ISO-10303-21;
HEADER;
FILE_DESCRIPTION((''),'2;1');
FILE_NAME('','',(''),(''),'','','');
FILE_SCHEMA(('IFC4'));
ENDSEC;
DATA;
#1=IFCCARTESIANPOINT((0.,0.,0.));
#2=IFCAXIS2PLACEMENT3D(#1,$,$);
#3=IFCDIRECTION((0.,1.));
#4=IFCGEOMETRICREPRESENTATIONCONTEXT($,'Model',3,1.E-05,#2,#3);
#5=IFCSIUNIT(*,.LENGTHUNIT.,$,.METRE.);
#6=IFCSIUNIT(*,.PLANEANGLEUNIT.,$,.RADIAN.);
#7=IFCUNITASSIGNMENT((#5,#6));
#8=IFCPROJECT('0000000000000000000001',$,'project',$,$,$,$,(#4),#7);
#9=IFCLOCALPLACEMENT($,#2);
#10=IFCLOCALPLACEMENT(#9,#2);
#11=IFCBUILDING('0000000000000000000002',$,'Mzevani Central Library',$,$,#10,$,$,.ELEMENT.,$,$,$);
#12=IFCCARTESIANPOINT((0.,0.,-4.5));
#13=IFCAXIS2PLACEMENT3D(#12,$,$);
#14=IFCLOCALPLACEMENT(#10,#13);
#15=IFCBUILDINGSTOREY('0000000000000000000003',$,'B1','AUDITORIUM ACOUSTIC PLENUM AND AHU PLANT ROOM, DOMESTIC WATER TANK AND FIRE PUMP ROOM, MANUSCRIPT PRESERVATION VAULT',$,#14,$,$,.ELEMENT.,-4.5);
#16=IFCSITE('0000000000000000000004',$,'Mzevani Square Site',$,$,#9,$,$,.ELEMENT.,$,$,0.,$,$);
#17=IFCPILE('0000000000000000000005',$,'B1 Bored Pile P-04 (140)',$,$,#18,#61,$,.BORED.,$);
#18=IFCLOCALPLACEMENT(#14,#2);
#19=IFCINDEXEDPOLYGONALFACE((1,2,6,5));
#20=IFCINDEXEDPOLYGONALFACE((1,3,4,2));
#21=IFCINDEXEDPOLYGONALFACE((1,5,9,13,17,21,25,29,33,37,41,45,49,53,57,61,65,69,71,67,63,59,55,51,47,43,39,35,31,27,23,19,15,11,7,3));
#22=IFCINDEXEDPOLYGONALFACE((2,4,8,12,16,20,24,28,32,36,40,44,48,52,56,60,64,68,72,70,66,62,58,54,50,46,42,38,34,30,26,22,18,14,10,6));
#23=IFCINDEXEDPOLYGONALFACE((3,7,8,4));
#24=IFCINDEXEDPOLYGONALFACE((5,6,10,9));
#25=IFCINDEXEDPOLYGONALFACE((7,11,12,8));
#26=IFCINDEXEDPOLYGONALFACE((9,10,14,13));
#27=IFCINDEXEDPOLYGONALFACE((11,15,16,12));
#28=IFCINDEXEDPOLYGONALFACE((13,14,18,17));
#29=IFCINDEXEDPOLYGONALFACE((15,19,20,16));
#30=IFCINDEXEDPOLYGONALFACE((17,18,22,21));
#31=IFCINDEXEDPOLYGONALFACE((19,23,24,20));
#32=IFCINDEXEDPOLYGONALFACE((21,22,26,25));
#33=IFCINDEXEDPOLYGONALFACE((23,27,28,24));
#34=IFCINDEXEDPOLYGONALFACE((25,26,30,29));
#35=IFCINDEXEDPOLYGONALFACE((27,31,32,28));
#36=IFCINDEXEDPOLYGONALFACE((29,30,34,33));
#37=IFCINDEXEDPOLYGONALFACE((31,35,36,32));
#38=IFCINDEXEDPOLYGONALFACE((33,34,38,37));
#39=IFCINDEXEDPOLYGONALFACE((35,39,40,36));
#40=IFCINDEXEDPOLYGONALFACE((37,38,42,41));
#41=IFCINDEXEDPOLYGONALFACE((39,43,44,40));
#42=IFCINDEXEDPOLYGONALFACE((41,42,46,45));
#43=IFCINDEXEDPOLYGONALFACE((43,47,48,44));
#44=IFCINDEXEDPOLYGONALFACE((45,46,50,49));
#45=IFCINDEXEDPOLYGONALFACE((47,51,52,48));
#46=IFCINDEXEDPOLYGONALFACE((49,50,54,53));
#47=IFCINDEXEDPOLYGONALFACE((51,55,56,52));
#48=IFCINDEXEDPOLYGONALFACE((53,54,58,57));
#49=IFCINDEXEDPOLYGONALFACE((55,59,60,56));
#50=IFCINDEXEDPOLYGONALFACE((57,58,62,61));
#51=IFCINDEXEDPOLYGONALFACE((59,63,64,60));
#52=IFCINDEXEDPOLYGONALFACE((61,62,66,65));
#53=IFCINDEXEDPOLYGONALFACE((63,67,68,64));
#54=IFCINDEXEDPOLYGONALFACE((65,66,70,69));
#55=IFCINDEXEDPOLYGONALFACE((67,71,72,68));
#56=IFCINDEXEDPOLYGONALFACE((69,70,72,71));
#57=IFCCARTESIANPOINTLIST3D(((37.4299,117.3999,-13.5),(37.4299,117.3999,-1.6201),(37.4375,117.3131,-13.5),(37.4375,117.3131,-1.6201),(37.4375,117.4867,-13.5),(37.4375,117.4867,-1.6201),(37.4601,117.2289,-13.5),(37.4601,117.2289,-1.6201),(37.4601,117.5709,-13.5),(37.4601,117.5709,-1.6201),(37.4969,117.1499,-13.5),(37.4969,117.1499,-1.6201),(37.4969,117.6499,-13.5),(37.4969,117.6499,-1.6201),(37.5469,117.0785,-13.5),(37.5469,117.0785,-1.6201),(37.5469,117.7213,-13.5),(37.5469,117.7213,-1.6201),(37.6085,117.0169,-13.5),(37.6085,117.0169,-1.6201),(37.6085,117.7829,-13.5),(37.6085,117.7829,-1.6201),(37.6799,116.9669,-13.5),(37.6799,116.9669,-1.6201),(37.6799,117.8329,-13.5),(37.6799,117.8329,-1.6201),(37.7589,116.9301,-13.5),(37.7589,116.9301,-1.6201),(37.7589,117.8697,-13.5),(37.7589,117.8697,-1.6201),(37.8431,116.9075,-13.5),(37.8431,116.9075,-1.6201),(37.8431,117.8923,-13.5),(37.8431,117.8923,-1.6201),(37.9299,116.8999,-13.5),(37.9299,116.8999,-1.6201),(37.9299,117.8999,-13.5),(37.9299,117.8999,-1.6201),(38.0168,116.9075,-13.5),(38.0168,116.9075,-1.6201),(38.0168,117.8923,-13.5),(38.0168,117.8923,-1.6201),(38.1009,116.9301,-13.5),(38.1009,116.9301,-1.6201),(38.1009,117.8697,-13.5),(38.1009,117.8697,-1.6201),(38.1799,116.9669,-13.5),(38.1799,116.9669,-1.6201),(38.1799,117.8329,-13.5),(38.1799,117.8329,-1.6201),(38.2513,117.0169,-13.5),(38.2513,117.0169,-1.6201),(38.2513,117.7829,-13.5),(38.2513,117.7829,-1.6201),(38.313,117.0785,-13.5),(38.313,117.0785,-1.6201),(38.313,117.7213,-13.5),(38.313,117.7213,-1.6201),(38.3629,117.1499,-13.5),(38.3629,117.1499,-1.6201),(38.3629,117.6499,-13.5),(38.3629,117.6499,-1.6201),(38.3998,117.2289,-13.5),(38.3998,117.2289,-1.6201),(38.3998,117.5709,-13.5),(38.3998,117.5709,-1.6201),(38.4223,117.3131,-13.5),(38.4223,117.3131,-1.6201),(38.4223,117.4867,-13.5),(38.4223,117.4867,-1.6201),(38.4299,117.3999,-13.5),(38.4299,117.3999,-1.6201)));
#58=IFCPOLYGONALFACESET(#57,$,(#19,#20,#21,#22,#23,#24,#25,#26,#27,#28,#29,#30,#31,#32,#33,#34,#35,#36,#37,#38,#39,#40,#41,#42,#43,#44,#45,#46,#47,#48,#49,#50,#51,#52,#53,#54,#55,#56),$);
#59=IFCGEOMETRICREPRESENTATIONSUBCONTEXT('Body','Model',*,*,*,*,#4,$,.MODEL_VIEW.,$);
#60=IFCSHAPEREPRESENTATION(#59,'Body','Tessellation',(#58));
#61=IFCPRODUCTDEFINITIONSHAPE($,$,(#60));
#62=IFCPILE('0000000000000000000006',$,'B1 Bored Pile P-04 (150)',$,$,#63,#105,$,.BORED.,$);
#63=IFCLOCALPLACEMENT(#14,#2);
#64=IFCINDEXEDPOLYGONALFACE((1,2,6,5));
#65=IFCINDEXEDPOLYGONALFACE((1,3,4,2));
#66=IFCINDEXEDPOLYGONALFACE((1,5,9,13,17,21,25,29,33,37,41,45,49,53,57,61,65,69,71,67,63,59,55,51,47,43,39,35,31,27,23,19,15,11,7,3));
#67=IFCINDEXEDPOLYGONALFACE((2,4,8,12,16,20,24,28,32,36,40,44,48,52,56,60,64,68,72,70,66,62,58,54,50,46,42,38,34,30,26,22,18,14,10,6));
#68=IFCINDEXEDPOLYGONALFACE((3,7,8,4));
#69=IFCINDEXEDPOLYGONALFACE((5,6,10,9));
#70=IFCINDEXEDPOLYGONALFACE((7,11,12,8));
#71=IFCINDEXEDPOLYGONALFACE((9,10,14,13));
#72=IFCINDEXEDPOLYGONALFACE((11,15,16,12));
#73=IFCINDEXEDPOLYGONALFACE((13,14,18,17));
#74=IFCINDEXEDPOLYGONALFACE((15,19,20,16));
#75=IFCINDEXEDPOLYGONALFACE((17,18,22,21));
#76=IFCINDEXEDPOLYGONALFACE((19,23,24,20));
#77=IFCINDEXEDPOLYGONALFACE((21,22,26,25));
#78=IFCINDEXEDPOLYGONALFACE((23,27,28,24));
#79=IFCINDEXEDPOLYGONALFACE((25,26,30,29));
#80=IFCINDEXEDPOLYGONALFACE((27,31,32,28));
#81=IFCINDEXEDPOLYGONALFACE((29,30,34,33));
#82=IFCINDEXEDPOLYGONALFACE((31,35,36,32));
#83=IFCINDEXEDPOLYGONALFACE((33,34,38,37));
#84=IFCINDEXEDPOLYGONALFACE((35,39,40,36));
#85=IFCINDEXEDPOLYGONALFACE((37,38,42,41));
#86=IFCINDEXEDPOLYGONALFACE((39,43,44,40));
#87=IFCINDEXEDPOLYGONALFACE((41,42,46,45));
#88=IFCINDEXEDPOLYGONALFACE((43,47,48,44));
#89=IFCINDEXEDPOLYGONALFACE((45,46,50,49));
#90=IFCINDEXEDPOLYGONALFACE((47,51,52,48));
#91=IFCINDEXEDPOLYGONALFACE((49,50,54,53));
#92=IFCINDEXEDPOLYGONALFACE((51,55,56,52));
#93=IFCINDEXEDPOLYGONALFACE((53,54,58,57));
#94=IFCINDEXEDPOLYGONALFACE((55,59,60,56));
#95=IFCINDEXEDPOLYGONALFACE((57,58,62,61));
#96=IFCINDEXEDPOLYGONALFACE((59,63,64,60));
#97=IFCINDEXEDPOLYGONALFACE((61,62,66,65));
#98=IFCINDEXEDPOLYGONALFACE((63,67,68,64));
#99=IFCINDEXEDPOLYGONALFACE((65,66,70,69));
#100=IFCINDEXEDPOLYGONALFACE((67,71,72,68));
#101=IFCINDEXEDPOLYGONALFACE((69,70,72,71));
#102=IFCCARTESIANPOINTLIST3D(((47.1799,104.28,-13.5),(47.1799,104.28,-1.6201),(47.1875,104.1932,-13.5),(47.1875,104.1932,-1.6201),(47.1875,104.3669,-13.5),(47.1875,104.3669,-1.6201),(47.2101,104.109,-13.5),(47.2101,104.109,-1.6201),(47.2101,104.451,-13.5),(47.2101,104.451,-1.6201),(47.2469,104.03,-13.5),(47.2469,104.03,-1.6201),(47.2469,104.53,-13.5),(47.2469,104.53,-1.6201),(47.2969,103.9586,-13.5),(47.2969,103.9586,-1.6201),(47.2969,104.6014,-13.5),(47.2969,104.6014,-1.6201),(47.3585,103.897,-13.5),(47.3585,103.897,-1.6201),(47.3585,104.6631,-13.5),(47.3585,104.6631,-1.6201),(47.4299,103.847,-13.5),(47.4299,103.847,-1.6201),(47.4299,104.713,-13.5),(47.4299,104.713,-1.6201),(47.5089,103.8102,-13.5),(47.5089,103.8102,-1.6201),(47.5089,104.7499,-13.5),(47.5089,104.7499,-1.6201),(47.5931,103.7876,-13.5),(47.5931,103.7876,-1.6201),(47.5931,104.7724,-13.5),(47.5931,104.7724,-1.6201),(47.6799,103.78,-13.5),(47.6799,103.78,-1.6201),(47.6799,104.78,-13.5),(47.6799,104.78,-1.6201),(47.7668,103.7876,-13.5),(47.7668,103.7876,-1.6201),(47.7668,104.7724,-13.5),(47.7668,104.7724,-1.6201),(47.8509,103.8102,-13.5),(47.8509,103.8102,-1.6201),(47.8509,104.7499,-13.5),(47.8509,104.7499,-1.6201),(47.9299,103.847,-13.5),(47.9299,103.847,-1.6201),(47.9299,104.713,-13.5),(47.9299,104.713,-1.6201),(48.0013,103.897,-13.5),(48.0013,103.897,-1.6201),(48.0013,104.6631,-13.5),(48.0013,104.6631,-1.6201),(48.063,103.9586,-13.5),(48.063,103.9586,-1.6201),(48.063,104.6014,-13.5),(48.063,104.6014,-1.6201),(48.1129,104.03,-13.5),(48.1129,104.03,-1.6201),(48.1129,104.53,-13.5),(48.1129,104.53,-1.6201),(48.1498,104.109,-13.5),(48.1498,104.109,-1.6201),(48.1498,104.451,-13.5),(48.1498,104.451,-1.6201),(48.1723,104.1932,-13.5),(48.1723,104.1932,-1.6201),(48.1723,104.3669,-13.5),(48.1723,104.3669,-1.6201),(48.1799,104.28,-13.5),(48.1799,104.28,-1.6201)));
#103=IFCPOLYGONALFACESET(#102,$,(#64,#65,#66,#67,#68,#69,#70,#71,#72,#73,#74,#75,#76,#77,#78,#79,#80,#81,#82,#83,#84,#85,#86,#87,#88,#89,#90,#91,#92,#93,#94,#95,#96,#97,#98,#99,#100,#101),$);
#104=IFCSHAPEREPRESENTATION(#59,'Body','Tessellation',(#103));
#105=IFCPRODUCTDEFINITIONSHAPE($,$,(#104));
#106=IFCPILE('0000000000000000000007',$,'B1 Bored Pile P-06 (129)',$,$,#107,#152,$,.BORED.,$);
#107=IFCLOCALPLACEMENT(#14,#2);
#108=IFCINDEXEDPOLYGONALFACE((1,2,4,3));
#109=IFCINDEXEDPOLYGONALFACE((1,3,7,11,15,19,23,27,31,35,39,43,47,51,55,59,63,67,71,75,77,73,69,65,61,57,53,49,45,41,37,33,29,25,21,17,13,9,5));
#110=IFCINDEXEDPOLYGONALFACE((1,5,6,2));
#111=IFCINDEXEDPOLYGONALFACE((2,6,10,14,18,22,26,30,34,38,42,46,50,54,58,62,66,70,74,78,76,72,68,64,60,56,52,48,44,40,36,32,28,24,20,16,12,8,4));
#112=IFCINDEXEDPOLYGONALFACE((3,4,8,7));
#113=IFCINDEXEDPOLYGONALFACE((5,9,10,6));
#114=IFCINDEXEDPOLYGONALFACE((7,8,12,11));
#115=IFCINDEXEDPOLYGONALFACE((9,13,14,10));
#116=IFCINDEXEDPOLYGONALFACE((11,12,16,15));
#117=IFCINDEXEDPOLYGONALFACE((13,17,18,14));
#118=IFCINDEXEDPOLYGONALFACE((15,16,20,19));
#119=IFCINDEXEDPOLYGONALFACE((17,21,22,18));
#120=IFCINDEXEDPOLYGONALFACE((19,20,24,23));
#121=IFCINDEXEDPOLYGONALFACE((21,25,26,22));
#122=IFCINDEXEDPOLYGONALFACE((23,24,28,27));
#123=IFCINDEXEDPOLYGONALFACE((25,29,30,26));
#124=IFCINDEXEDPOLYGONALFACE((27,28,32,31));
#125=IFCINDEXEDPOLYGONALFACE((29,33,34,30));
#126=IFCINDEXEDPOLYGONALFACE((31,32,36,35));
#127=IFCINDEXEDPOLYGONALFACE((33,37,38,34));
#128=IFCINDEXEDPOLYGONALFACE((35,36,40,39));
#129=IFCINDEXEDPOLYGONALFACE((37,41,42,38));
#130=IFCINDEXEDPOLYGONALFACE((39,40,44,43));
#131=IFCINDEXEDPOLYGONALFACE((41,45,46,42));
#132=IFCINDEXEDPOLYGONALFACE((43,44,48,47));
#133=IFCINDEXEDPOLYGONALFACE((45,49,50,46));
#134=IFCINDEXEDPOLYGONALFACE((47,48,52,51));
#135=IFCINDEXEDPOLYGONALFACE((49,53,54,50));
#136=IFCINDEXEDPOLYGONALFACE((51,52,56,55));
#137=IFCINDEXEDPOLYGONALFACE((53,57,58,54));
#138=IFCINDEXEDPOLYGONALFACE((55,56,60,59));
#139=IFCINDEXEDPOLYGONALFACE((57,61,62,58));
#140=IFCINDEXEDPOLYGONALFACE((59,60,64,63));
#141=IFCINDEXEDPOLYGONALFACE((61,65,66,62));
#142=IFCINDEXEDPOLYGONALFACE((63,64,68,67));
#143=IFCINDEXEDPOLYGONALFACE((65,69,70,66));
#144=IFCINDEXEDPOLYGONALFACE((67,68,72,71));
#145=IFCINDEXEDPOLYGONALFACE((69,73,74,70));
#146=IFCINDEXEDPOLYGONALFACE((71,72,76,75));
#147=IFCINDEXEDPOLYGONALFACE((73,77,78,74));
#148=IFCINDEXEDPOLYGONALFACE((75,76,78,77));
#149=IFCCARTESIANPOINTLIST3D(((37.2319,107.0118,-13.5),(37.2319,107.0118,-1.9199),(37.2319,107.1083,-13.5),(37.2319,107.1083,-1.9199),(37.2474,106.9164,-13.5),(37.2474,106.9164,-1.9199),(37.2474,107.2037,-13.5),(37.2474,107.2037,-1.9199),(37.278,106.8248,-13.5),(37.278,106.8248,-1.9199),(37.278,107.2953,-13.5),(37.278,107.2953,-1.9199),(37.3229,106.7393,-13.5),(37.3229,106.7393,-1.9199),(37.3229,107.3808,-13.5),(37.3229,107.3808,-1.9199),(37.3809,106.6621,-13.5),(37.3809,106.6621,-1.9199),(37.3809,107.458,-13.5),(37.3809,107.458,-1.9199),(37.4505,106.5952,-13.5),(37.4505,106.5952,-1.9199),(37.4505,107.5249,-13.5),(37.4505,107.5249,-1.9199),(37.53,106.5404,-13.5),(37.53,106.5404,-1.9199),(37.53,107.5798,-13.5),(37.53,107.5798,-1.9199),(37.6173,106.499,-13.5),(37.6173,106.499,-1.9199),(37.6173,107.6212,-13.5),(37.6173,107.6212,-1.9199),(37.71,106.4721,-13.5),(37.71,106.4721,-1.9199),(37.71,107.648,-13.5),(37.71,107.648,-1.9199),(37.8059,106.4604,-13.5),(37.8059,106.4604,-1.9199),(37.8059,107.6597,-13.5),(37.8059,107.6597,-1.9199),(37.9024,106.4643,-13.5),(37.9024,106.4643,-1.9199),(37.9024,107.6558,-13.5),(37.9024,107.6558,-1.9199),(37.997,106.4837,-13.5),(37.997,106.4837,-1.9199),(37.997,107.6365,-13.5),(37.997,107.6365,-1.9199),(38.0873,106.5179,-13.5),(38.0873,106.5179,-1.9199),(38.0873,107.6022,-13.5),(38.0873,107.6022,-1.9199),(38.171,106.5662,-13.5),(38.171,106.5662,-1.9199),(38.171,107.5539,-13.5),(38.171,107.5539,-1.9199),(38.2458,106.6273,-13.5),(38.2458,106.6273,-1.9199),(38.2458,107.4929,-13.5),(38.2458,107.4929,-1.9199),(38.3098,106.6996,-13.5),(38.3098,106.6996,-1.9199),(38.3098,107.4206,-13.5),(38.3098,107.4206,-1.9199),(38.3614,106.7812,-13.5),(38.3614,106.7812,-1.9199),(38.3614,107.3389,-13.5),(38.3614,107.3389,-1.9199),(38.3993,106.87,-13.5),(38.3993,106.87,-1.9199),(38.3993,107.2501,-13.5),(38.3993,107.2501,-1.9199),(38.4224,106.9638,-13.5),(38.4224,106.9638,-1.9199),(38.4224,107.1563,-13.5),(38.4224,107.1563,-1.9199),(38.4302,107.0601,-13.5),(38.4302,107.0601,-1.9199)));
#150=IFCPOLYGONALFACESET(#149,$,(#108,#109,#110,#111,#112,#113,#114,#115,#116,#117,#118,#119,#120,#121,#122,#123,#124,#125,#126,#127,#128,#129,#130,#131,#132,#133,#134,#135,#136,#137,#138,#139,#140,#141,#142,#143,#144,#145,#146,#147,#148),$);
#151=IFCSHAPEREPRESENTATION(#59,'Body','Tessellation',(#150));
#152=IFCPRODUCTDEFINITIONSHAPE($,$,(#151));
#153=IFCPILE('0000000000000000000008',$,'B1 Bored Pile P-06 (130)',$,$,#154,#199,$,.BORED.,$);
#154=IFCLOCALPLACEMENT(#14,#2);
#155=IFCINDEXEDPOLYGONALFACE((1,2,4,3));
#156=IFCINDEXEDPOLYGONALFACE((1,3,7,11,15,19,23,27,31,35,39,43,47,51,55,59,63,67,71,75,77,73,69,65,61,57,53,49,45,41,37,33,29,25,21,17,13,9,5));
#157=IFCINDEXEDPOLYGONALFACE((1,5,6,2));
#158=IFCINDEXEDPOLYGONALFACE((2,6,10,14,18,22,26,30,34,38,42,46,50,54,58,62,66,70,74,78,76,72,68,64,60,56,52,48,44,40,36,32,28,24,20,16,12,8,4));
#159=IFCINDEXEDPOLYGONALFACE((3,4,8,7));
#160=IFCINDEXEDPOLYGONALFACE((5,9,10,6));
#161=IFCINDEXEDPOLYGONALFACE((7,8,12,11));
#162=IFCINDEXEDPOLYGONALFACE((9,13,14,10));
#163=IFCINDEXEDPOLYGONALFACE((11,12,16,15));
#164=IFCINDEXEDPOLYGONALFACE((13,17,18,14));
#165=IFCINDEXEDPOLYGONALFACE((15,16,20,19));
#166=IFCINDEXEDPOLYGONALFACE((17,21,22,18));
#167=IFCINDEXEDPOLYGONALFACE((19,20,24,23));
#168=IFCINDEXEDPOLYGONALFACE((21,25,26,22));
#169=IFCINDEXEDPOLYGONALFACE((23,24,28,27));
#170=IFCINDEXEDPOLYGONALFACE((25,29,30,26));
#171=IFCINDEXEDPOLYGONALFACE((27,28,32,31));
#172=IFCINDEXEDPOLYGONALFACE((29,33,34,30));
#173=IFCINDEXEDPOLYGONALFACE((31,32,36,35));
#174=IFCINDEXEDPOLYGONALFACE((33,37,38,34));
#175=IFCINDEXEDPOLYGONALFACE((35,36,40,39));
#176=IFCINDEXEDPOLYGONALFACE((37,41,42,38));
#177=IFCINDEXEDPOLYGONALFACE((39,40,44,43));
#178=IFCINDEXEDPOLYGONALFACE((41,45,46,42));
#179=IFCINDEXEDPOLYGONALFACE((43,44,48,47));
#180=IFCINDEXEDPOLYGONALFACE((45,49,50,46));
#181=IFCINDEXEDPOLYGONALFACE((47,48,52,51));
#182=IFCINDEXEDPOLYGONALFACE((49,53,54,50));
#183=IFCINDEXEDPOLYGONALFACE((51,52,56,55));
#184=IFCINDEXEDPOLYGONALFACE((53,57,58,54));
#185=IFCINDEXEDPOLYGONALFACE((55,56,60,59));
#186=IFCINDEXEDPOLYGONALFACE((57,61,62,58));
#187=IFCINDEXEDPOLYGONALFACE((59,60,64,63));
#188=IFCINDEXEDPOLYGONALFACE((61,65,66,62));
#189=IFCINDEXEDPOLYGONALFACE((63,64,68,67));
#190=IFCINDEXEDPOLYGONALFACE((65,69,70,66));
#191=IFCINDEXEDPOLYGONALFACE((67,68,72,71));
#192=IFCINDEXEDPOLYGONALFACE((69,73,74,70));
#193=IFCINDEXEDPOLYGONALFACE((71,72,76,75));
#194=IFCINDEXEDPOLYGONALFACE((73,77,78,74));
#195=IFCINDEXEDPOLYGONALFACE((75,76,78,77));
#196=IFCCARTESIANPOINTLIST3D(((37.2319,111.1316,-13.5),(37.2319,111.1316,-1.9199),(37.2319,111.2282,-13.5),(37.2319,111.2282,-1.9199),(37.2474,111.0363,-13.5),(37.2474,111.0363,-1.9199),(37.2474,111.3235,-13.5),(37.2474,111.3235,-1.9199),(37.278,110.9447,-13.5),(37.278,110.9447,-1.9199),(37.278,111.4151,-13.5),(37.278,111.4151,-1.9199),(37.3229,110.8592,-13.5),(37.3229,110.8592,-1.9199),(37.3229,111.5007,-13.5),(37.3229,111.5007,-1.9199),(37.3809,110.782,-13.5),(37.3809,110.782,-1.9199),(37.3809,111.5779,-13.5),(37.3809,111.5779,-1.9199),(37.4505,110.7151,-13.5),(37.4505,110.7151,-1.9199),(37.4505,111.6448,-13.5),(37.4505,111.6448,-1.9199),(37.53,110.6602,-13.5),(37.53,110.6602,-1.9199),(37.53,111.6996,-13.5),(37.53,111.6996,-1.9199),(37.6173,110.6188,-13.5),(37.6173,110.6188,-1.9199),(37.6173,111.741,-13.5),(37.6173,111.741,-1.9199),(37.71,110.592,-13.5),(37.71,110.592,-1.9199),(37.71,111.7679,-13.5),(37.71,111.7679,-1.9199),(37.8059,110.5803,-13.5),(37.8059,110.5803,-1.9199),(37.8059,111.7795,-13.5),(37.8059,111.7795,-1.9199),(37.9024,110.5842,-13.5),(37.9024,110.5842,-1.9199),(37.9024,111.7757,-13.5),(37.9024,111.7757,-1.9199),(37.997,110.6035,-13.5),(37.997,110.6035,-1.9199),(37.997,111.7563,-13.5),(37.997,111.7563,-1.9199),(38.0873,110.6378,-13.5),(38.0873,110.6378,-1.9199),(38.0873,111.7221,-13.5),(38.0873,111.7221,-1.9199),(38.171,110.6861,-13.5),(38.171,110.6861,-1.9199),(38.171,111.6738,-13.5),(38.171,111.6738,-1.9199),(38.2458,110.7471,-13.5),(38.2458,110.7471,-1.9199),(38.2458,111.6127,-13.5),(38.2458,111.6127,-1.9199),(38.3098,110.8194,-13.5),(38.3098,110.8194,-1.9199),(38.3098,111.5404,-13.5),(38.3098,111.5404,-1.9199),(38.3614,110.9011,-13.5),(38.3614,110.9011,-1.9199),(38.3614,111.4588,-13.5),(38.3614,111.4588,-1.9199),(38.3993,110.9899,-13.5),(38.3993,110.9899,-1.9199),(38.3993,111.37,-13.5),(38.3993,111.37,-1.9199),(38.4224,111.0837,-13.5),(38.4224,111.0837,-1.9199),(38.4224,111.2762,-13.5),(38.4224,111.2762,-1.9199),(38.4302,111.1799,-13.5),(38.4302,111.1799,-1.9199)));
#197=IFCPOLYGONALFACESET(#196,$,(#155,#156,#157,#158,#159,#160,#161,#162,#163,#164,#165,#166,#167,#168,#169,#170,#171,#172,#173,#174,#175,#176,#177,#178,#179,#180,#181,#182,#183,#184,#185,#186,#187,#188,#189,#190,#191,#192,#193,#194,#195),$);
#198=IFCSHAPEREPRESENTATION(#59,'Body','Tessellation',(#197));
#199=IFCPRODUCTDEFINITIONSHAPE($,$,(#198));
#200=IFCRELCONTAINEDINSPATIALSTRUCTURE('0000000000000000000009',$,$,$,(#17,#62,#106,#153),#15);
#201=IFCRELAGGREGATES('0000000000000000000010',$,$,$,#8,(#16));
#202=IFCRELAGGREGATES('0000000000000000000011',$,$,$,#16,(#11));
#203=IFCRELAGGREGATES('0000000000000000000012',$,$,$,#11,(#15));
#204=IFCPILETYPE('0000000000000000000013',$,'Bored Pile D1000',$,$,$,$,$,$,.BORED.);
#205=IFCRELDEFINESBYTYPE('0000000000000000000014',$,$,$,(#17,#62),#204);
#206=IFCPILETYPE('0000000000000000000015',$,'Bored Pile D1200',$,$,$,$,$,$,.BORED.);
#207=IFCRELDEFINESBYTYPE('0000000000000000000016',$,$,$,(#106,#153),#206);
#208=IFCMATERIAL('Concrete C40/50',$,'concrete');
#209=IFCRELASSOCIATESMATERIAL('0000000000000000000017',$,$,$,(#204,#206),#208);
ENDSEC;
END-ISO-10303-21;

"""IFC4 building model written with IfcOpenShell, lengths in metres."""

from ifc_helpers import new_model, si_unit, direction, frame, origin, origin_2d, place, context, subcontext, project, spatial, circle, extrude, material, material_profile, profile_set, type_object, element, save


model = new_model("IFC4")

# Units and contexts
model_context = context("Model", 3, precision=1e-05, world=origin(), true_north=direction((0.0, 1.0)))
body_context = subcontext(model_context, "Body", "Model", "MODEL_VIEW")
ifc_project = project(units=[si_unit("LENGTHUNIT", "METRE"), si_unit("PLANEANGLEUNIT", "RADIAN")], contexts=[model_context])

# Site, building, storey
site_placement = place(None, origin())
site = spatial("IfcSite", under=ifc_project, at=site_placement, Name="Mzevani Square Site", CompositionType="ELEMENT", RefElevation=0.0)
building_placement = place(site_placement, origin())
building = spatial("IfcBuilding", under=site, at=building_placement, Name="Mzevani Central Library", CompositionType="ELEMENT")
storey_placement = place(building_placement, frame((0.0, 0.0, -4.5)))
storey = spatial("IfcBuildingStorey", under=building, at=storey_placement, Name="B1", Description="AUDITORIUM ACOUSTIC PLENUM AND AHU PLANT ROOM, DOMESTIC WATER TANK AND FIRE PUMP ROOM, MANUSCRIPT PRESERVATION VAULT", CompositionType="ELEMENT", Elevation=-4.5)

# Piles
ifc_material_1 = material(Name="Concrete C40/50", Category="concrete")
ifc_material_profile_1 = material_profile(ifc_material_1, circle(Radius=0.5, at=origin_2d()), Name="PILE D1000")
ifc_profile_set_1 = profile_set([ifc_material_profile_1], Name="Concrete C40/50")
pile_type_1 = type_object("IfcPileType", Name="Bored Pile D1000", PredefinedType="BORED", material=ifc_profile_set_1)
for number, where, z_axis, x_axis, name in (
    (1, (37.9299, 117.3999, -1.6201), (0.0, 0.0, -1.0), (1.0, 0.0, 0.0), "B1 Bored Pile P-04 (140)"),
    (2, (47.6799, 104.28, -1.6201), (0.0, 0.0, -1.0), (1.0, 0.0, 0.0), "B1 Bored Pile P-04 (150)"),
):
    element("IfcPile", number, at=place(storey_placement, frame(where, z_axis=z_axis, x_axis=x_axis)), inside=storey, type_object=pile_type_1, Name=name, PredefinedType="BORED", context=body_context, shape_type="SweptSolid", body=[
        extrude(circle(Radius=0.5, at=origin_2d()), origin(), (0.0, 0.0, 1.0), 11.8799),
    ])
ifc_material_profile_2 = material_profile(ifc_material_1, circle(Radius=0.6001, at=origin_2d()), Name="PILE D1200")
ifc_profile_set_2 = profile_set([ifc_material_profile_2], Name="Concrete C40/50")
pile_type_2 = type_object("IfcPileType", Name="Bored Pile D1200", PredefinedType="BORED", material=ifc_profile_set_2)
for number, where, z_axis, x_axis, name in (
    (3, (37.8301, 107.0601, -1.9199), (0.0, 0.0, -1.0), (1.0, 0.0, 0.0), "B1 Bored Pile P-06 (129)"),
    (4, (37.8301, 111.1799, -1.9199), (0.0, 0.0, -1.0), (1.0, 0.0, 0.0), "B1 Bored Pile P-06 (130)"),
):
    element("IfcPile", number, at=place(storey_placement, frame(where, z_axis=z_axis, x_axis=x_axis)), inside=storey, type_object=pile_type_2, Name=name, PredefinedType="BORED", context=body_context, shape_type="SweptSolid", body=[
        extrude(circle(Radius=0.6001, at=origin_2d()), origin(), (0.0, 0.0, 1.0), 11.5801),
    ])

save(model, "model.ifc")
